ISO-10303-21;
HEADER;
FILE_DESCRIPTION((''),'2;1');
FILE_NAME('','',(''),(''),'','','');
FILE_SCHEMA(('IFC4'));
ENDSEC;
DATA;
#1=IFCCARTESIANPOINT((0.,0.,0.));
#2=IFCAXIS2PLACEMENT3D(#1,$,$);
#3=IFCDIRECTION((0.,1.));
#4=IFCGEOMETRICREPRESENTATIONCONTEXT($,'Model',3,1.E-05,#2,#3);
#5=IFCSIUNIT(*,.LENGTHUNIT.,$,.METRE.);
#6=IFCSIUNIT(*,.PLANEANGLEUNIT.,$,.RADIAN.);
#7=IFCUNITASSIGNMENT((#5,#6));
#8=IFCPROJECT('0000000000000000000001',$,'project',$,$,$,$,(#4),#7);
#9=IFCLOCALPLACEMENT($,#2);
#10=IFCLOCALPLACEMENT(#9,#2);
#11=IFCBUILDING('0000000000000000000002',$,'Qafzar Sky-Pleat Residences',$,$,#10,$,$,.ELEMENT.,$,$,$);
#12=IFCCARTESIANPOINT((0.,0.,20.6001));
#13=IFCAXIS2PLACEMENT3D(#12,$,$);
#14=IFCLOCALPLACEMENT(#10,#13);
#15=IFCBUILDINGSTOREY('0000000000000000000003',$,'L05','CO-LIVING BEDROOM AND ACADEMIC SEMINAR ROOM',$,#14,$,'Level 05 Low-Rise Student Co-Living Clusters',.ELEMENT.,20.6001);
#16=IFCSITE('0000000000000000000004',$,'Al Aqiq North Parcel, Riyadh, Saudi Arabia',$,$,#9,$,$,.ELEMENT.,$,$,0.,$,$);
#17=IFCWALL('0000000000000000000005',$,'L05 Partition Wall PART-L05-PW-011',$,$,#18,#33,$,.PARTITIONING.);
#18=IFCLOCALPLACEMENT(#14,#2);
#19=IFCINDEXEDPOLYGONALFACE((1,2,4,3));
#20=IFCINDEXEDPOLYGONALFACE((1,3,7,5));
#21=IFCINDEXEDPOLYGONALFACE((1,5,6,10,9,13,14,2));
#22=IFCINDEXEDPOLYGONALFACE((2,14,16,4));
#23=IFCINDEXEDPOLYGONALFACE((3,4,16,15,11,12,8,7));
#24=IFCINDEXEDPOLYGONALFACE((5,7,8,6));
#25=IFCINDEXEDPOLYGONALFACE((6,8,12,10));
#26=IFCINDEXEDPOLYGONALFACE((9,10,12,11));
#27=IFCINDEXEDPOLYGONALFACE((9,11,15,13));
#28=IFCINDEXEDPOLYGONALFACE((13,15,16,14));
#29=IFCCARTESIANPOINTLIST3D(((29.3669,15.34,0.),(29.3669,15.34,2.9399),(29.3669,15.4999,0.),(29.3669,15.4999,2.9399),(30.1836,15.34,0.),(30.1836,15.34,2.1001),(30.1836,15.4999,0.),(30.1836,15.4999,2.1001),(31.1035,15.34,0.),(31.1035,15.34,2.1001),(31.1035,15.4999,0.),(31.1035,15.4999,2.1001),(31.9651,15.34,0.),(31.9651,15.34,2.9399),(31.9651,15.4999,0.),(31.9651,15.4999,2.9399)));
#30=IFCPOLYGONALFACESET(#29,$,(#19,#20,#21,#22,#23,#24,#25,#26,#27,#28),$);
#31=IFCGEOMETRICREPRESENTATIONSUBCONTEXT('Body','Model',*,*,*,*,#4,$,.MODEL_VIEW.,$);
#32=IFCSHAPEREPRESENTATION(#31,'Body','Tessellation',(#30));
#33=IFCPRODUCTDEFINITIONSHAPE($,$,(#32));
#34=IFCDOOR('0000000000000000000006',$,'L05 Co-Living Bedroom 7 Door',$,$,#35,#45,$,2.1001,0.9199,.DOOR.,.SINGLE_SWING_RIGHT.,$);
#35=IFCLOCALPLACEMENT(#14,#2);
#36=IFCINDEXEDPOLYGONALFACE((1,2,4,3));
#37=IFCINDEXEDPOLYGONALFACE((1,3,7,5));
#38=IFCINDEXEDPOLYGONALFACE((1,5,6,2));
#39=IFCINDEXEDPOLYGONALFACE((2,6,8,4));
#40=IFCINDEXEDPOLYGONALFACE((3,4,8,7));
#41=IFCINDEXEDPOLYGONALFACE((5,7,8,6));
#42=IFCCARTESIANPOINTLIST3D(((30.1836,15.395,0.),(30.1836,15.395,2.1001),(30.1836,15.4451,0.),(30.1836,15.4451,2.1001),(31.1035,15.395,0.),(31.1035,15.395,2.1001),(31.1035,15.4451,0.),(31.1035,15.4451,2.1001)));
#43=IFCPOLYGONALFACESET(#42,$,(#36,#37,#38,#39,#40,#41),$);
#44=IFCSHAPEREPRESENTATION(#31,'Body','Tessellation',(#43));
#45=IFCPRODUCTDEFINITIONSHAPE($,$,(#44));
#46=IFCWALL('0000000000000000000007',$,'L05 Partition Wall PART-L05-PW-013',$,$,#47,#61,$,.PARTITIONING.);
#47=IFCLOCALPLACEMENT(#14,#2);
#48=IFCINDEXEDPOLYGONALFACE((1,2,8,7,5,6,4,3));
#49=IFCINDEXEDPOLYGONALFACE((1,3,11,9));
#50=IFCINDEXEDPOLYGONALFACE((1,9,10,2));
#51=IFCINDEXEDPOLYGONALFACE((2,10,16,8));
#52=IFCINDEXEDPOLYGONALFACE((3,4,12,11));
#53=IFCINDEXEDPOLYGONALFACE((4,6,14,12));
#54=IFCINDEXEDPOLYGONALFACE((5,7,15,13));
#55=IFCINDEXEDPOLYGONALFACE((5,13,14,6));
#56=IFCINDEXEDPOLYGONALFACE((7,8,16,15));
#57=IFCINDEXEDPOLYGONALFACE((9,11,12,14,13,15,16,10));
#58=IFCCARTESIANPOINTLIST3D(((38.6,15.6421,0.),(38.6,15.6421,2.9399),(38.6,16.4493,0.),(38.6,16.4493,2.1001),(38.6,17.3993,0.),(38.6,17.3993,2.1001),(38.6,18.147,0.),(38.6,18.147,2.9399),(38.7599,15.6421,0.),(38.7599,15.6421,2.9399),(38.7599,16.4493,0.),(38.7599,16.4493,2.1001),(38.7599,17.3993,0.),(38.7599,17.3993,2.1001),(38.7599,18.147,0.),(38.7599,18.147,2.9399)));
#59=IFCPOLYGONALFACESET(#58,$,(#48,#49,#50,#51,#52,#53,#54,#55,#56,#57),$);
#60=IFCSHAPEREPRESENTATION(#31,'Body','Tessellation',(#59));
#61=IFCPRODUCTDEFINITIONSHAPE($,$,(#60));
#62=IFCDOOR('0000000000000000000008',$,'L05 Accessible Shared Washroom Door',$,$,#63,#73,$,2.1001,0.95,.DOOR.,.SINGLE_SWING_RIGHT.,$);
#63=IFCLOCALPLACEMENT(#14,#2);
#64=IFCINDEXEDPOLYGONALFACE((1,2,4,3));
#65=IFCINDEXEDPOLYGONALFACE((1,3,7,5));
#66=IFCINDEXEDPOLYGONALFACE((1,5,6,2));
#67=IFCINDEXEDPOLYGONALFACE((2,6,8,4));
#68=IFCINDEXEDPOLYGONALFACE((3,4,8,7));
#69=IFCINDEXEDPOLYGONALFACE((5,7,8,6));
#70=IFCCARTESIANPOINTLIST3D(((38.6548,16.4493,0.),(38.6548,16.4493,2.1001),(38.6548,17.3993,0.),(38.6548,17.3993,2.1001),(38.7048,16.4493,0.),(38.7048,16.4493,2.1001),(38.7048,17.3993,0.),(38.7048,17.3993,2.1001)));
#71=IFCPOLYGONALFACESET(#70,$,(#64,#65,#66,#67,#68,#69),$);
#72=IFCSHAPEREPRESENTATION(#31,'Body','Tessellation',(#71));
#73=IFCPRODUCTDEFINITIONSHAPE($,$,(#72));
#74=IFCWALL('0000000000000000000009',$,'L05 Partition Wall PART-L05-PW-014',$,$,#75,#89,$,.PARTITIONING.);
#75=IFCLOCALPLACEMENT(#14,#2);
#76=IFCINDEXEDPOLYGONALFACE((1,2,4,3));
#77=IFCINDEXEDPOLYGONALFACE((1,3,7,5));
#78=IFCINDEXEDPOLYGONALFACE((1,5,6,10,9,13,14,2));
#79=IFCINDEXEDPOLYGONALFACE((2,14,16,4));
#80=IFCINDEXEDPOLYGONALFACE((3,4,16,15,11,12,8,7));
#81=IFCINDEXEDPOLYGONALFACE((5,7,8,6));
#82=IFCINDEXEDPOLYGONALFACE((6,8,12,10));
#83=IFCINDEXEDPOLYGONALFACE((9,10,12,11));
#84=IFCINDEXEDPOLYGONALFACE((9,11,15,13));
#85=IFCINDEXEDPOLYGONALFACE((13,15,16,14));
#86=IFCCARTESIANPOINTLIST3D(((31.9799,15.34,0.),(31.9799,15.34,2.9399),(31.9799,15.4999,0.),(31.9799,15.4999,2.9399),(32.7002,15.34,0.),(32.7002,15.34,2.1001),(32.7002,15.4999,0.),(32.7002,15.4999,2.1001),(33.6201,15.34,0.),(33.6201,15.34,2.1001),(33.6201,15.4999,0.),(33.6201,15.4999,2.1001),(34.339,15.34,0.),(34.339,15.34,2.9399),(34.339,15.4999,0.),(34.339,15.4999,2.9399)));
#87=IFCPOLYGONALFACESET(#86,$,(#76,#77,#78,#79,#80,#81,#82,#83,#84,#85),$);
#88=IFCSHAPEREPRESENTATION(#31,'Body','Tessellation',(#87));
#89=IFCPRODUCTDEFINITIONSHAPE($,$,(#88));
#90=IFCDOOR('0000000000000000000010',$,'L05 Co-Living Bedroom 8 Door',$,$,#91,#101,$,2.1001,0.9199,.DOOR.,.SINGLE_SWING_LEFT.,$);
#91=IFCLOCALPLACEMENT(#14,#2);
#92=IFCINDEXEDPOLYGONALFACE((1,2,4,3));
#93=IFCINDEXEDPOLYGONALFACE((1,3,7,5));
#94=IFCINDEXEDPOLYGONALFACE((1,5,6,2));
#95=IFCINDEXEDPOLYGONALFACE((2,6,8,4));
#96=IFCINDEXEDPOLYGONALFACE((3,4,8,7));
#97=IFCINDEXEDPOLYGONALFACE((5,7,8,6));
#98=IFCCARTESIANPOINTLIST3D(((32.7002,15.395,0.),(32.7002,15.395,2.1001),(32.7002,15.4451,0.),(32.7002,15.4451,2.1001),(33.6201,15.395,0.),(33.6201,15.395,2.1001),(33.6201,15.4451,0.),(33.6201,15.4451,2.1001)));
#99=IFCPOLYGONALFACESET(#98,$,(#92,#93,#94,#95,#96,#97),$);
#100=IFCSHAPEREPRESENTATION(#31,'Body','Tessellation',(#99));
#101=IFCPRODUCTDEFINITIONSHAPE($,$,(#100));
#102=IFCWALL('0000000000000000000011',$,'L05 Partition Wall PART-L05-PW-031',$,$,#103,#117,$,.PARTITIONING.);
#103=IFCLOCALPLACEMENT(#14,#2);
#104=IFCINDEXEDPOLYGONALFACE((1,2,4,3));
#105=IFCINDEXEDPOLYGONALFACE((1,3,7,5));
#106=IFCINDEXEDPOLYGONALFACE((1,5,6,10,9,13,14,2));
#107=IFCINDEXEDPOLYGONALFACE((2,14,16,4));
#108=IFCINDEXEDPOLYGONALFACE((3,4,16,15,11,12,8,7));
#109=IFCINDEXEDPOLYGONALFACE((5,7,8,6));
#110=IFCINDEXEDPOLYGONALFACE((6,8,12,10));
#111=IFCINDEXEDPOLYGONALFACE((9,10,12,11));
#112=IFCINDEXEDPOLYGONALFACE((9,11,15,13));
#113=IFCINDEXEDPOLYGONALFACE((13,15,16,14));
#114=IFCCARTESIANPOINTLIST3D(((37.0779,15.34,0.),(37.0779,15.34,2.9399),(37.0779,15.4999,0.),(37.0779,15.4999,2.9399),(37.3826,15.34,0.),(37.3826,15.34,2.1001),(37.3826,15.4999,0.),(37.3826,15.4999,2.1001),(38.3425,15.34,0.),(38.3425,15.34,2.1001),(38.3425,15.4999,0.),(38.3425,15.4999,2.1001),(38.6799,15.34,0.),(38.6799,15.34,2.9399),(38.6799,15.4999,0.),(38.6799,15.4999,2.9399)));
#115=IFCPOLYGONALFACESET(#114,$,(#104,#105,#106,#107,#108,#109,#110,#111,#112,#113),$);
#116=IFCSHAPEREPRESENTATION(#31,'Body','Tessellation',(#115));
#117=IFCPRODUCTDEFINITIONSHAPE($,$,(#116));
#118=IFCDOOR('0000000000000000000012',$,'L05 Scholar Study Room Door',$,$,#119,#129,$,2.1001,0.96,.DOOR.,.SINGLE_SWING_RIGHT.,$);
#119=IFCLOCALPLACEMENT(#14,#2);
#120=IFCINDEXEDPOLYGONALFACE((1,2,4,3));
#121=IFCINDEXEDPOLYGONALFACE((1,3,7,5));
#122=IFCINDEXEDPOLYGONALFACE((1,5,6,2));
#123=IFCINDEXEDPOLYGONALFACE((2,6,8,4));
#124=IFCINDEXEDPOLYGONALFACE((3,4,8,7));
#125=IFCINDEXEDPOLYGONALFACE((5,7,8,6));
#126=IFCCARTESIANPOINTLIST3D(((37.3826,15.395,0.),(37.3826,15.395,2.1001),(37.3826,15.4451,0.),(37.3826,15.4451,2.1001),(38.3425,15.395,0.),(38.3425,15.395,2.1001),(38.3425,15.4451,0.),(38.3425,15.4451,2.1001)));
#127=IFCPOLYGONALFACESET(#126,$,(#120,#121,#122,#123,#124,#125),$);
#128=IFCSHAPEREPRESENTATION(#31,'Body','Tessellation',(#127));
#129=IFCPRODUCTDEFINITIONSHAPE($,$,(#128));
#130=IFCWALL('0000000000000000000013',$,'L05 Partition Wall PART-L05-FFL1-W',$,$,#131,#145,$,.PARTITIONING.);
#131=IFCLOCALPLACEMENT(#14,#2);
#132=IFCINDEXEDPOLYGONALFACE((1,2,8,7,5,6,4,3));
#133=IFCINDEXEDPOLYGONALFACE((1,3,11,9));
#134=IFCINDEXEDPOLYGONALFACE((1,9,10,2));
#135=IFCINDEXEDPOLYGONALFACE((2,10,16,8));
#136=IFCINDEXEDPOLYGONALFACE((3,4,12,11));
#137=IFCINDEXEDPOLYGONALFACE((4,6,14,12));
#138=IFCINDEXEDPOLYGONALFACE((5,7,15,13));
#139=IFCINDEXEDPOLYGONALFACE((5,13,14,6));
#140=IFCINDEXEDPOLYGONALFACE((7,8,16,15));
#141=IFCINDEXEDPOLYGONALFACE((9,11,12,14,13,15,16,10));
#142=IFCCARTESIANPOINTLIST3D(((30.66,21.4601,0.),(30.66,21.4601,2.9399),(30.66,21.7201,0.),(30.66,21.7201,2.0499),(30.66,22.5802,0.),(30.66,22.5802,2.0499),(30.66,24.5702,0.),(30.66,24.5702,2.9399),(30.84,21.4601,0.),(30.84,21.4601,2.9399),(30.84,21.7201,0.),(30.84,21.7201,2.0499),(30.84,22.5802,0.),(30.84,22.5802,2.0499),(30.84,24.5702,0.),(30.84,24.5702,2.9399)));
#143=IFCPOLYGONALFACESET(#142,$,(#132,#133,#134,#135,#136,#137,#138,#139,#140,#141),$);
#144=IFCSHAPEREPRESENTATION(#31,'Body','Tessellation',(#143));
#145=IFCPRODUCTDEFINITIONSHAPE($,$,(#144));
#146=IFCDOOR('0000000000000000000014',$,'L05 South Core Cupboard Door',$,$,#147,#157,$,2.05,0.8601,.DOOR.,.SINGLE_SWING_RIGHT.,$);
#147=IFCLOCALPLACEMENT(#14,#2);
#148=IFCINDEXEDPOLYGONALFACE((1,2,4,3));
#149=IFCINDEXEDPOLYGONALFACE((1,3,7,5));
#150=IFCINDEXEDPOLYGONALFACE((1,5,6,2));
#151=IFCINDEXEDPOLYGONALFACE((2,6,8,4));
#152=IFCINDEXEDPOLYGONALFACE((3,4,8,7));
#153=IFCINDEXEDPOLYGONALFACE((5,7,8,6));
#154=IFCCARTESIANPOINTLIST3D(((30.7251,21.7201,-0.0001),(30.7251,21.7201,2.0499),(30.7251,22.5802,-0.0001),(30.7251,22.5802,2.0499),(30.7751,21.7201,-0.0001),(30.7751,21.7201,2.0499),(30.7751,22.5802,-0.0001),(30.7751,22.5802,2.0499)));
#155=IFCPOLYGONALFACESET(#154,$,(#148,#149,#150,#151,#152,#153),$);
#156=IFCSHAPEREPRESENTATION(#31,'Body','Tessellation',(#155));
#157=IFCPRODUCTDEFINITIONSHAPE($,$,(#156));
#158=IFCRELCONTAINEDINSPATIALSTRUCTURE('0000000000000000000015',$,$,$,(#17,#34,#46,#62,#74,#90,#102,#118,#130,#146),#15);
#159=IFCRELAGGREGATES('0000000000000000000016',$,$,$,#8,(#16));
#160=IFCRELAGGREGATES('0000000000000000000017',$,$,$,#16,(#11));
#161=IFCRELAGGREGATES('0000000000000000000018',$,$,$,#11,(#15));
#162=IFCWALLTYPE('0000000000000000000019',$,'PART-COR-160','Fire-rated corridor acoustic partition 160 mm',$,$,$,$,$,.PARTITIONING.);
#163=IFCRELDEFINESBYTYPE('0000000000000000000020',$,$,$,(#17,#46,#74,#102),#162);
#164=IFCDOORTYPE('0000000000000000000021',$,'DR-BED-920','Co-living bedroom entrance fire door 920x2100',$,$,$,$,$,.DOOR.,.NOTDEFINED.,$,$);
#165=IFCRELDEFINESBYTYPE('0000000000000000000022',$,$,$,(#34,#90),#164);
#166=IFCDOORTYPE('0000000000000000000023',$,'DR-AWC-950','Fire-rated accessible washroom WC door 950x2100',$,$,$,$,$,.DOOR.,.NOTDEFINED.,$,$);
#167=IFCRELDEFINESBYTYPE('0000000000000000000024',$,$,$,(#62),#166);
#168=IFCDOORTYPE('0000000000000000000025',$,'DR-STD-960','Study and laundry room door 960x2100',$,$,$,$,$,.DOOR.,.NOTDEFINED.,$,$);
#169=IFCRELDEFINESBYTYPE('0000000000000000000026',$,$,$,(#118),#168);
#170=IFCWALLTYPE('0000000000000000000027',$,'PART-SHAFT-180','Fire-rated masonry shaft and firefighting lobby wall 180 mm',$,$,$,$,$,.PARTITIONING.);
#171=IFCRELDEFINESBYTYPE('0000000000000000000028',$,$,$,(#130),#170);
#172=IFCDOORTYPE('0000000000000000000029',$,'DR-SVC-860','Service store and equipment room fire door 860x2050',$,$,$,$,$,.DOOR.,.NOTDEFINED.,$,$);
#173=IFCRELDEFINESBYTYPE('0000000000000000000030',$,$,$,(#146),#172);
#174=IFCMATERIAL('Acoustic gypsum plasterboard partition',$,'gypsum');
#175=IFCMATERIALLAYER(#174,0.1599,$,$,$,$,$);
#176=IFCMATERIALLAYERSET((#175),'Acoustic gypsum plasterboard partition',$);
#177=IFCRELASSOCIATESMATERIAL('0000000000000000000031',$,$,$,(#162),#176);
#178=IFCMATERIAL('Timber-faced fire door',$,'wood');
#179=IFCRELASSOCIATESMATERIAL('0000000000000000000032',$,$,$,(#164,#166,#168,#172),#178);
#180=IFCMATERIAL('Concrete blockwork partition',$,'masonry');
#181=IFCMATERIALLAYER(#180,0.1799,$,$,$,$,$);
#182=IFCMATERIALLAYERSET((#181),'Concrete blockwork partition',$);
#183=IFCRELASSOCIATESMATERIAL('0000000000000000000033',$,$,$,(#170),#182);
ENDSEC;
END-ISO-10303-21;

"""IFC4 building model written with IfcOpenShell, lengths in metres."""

from ifc_helpers import new_model, si_unit, direction, frame, frame_2d, origin, place, context, subcontext, project, spatial, rectangle, extrude, source, transform, mapped, material, layer, layer_set, type_object, element, fill, save


model = new_model("IFC4")

# Units and contexts
model_context = context("Model", 3, precision=1e-05, world=origin(), true_north=direction((0.0, 1.0)))
body_context = subcontext(model_context, "Body", "Model", "MODEL_VIEW")
ifc_project = project(units=[si_unit("LENGTHUNIT", "METRE"), si_unit("PLANEANGLEUNIT", "RADIAN")], contexts=[model_context])

# Site, building, storey
site_placement = place(None, origin())
site = spatial("IfcSite", under=ifc_project, at=site_placement, Name="Al Aqiq North Parcel, Riyadh, Saudi Arabia", CompositionType="ELEMENT", RefElevation=0.0)
building_placement = place(site_placement, origin())
building = spatial("IfcBuilding", under=site, at=building_placement, Name="Qafzar Sky-Pleat Residences", CompositionType="ELEMENT")
storey_placement = place(building_placement, frame((0.0, 0.0, 20.6001)))
storey = spatial("IfcBuildingStorey", under=building, at=storey_placement, Name="L05", Description="CO-LIVING BEDROOM AND ACADEMIC SEMINAR ROOM", LongName="Level 05 Low-Rise Student Co-Living Clusters", CompositionType="ELEMENT", Elevation=20.6001)

# Walls, openings, doors
ifc_material_1 = material(Name="Acoustic gypsum plasterboard partition", Category="gypsum")
ifc_layer_1 = layer(ifc_material_1, 0.1599)
ifc_layer_set_1 = layer_set([ifc_layer_1], Name="Acoustic gypsum plasterboard partition")
wall_type_1 = type_object("IfcWallType", Name="PART-COR-160", Description="Fire-rated corridor acoustic partition 160 mm", PredefinedType="PARTITIONING", material=ifc_layer_set_1)
ifc_material_2 = material(Name="Timber-faced fire door", Category="wood")
door_type_1 = type_object("IfcDoorType", Name="DR-BED-920", Description="Co-living bedroom entrance fire door 920x2100", OperationType="NOTDEFINED", PredefinedType="DOOR", material=ifc_material_2)
shared_shape_1 = source(origin(), body_context, "Body", "SweptSolid", [
    extrude(rectangle(XDim=0.9199, YDim=2.1001, at=frame_2d((0.46, 1.05))), frame((0.0, 0.0249, 0.0), z_axis=(0.0, -1.0, 0.0), x_axis=(1.0, 0.0, 0.0)), (0.0, 0.0, 1.0), 0.05),
])
wall_1_placement = place(storey_placement, frame((31.9651, 15.4199, 0.0), z_axis=(0.0, 0.0, 1.0), x_axis=(-1.0, 0.0, 0.0)))
wall_1 = element("IfcWall", 1, at=wall_1_placement, inside=storey, type_object=wall_type_1, Name="L05 Partition Wall PART-L05-PW-011", PredefinedType="PARTITIONING", context=body_context, shape_type="SweptSolid", body=[
    extrude(rectangle(XDim=2.5981, YDim=0.1599, at=frame_2d((1.2991, 0.0))), origin(), (0.0, 0.0, 1.0), 2.9399),
])
opening_1_placement = place(wall_1_placement, frame((0.8616, 0.0, 0.0)))
opening_1 = element("IfcOpeningElement", 2, at=opening_1_placement, cuts=wall_1, PredefinedType="OPENING", context=body_context, shape_type="SweptSolid", body=[
    extrude(rectangle(XDim=0.9199, YDim=2.1001, at=frame_2d((0.46, 1.05))), frame((0.0, 0.0898, 0.0), z_axis=(0.0, -1.0, 0.0), x_axis=(1.0, 0.0, 0.0)), (0.0, 0.0, 1.0), 0.1799),
])
door_1_placement = place(opening_1_placement, origin())
door_1 = element("IfcDoor", 3, at=door_1_placement, inside=storey, type_object=door_type_1, Name="L05 Co-Living Bedroom 7 Door", OperationType="SINGLE_SWING_RIGHT", OverallHeight=2.1001, OverallWidth=0.9199, PredefinedType="DOOR", context=body_context, shape_type="MappedRepresentation", body=[
    mapped(shared_shape_1, transform((0.0, 0.0, 0.0), x_axis=(1.0, 0.0, 0.0), y_axis=(0.0, 1.0, 0.0), z_axis=(0.0, 0.0, 1.0), scale=1.0)),
])
fill(opening_1, door_1)
wall_2_placement = place(storey_placement, frame((38.6799, 18.147, 0.0), z_axis=(0.0, 0.0, 1.0), x_axis=(0.0, -1.0, 0.0)))
wall_2 = element("IfcWall", 4, at=wall_2_placement, inside=storey, type_object=wall_type_1, Name="L05 Partition Wall PART-L05-PW-013", PredefinedType="PARTITIONING", context=body_context, shape_type="SweptSolid", body=[
    extrude(rectangle(XDim=2.5049, YDim=0.1599, at=frame_2d((1.2524, 0.0))), origin(), (0.0, 0.0, 1.0), 2.9399),
])
opening_2_placement = place(wall_2_placement, frame((0.7476, 0.0, 0.0)))
opening_2 = element("IfcOpeningElement", 5, at=opening_2_placement, cuts=wall_2, PredefinedType="OPENING", context=body_context, shape_type="SweptSolid", body=[
    extrude(rectangle(XDim=0.95, YDim=2.1001, at=frame_2d((0.4751, 1.05))), frame((0.0, 0.0898, 0.0), z_axis=(0.0, -1.0, 0.0), x_axis=(1.0, 0.0, 0.0)), (0.0, 0.0, 1.0), 0.1799),
])
door_type_2 = type_object("IfcDoorType", Name="DR-AWC-950", Description="Fire-rated accessible washroom WC door 950x2100", OperationType="NOTDEFINED", PredefinedType="DOOR", material=ifc_material_2)
shared_shape_2 = source(origin(), body_context, "Body", "SweptSolid", [
    extrude(rectangle(XDim=0.95, YDim=2.1001, at=frame_2d((0.4751, 1.05))), frame((0.0, 0.0249, 0.0), z_axis=(0.0, -1.0, 0.0), x_axis=(1.0, 0.0, 0.0)), (0.0, 0.0, 1.0), 0.05),
])
door_2_placement = place(opening_2_placement, origin())
door_2 = element("IfcDoor", 6, at=door_2_placement, inside=storey, type_object=door_type_2, Name="L05 Accessible Shared Washroom Door", OperationType="SINGLE_SWING_RIGHT", OverallHeight=2.1001, OverallWidth=0.95, PredefinedType="DOOR", context=body_context, shape_type="MappedRepresentation", body=[
    mapped(shared_shape_2, transform((0.0, 0.0, 0.0), x_axis=(1.0, 0.0, 0.0), y_axis=(0.0, 1.0, 0.0), z_axis=(0.0, 0.0, 1.0), scale=1.0)),
])
fill(opening_2, door_2)
wall_3_placement = place(storey_placement, frame((34.3391, 15.4199, 0.0), z_axis=(0.0, 0.0, 1.0), x_axis=(-1.0, 0.0, 0.0)))
wall_3 = element("IfcWall", 7, at=wall_3_placement, inside=storey, type_object=wall_type_1, Name="L05 Partition Wall PART-L05-PW-014", PredefinedType="PARTITIONING", context=body_context, shape_type="SweptSolid", body=[
    extrude(rectangle(XDim=2.3591, YDim=0.1599, at=frame_2d((1.1797, 0.0))), origin(), (0.0, 0.0, 1.0), 2.9399),
])
opening_3_placement = place(wall_3_placement, frame((0.719, 0.0, 0.0)))
opening_3 = element("IfcOpeningElement", 8, at=opening_3_placement, cuts=wall_3, PredefinedType="OPENING", context=body_context, shape_type="SweptSolid", body=[
    extrude(rectangle(XDim=0.9199, YDim=2.1001, at=frame_2d((0.46, 1.05))), frame((0.0, 0.0898, 0.0), z_axis=(0.0, -1.0, 0.0), x_axis=(1.0, 0.0, 0.0)), (0.0, 0.0, 1.0), 0.1799),
])
door_3_placement = place(opening_3_placement, origin())
door_3 = element("IfcDoor", 9, at=door_3_placement, inside=storey, type_object=door_type_1, Name="L05 Co-Living Bedroom 8 Door", OperationType="SINGLE_SWING_LEFT", OverallHeight=2.1001, OverallWidth=0.9199, PredefinedType="DOOR", context=body_context, shape_type="MappedRepresentation", body=[
    mapped(shared_shape_1, transform((0.0, 0.0, 0.0), x_axis=(1.0, 0.0, 0.0), y_axis=(0.0, 1.0, 0.0), z_axis=(0.0, 0.0, 1.0), scale=1.0)),
])
fill(opening_3, door_3)
wall_4_placement = place(storey_placement, frame((38.6799, 15.4199, 0.0), z_axis=(0.0, 0.0, 1.0), x_axis=(-1.0, 0.0, 0.0)))
wall_4 = element("IfcWall", 10, at=wall_4_placement, inside=storey, type_object=wall_type_1, Name="L05 Partition Wall PART-L05-PW-031", PredefinedType="PARTITIONING", context=body_context, shape_type="SweptSolid", body=[
    extrude(rectangle(XDim=1.6021, YDim=0.1599, at=frame_2d((0.801, 0.0))), origin(), (0.0, 0.0, 1.0), 2.9399),
])
opening_4_placement = place(wall_4_placement, frame((0.3374, 0.0, 0.0)))
opening_4 = element("IfcOpeningElement", 11, at=opening_4_placement, cuts=wall_4, PredefinedType="OPENING", context=body_context, shape_type="SweptSolid", body=[
    extrude(rectangle(XDim=0.96, YDim=2.1001, at=frame_2d((0.48, 1.05))), frame((0.0, 0.0898, 0.0), z_axis=(0.0, -1.0, 0.0), x_axis=(1.0, 0.0, 0.0)), (0.0, 0.0, 1.0), 0.1799),
])
door_type_3 = type_object("IfcDoorType", Name="DR-STD-960", Description="Study and laundry room door 960x2100", OperationType="NOTDEFINED", PredefinedType="DOOR", material=ifc_material_2)
shared_shape_3 = source(origin(), body_context, "Body", "SweptSolid", [
    extrude(rectangle(XDim=0.96, YDim=2.1001, at=frame_2d((0.48, 1.05))), frame((0.0, 0.0249, 0.0), z_axis=(0.0, -1.0, 0.0), x_axis=(1.0, 0.0, 0.0)), (0.0, 0.0, 1.0), 0.05),
])
door_4_placement = place(opening_4_placement, origin())
door_4 = element("IfcDoor", 12, at=door_4_placement, inside=storey, type_object=door_type_3, Name="L05 Scholar Study Room Door", OperationType="SINGLE_SWING_RIGHT", OverallHeight=2.1001, OverallWidth=0.96, PredefinedType="DOOR", context=body_context, shape_type="MappedRepresentation", body=[
    mapped(shared_shape_3, transform((0.0, 0.0, 0.0), x_axis=(1.0, 0.0, 0.0), y_axis=(0.0, 1.0, 0.0), z_axis=(0.0, 0.0, 1.0), scale=1.0)),
])
fill(opening_4, door_4)
ifc_material_3 = material(Name="Concrete blockwork partition", Category="masonry")
ifc_layer_2 = layer(ifc_material_3, 0.1799)
ifc_layer_set_2 = layer_set([ifc_layer_2], Name="Concrete blockwork partition")
wall_type_2 = type_object("IfcWallType", Name="PART-SHAFT-180", Description="Fire-rated masonry shaft and firefighting lobby wall 180 mm", PredefinedType="PARTITIONING", material=ifc_layer_set_2)
wall_5_placement = place(storey_placement, frame((30.75, 21.46, 0.0), z_axis=(0.0, 0.0, 1.0), x_axis=(0.0, 1.0, 0.0)))
wall_5 = element("IfcWall", 13, at=wall_5_placement, inside=storey, type_object=wall_type_2, Name="L05 Partition Wall PART-L05-FFL1-W", PredefinedType="PARTITIONING", context=body_context, shape_type="SweptSolid", body=[
    extrude(rectangle(XDim=3.1101, YDim=0.1799, at=frame_2d((1.5552, 0.0))), origin(), (0.0, 0.0, 1.0), 2.9399),
])
opening_5_placement = place(wall_5_placement, frame((0.26, 0.0, 0.0)))
opening_5 = element("IfcOpeningElement", 14, at=opening_5_placement, cuts=wall_5, PredefinedType="OPENING", context=body_context, shape_type="SweptSolid", body=[
    extrude(rectangle(XDim=0.8601, YDim=2.05, at=frame_2d((0.4302, 1.0249))), frame((0.0, 0.1001, 0.0), z_axis=(0.0, -1.0, 0.0), x_axis=(1.0, 0.0, 0.0)), (0.0, 0.0, 1.0), 0.2),
])
door_type_4 = type_object("IfcDoorType", Name="DR-SVC-860", Description="Service store and equipment room fire door 860x2050", OperationType="NOTDEFINED", PredefinedType="DOOR", material=ifc_material_2)
shared_shape_4 = source(origin(), body_context, "Body", "SweptSolid", [
    extrude(rectangle(XDim=0.8601, YDim=2.05, at=frame_2d((0.4302, 1.0249))), frame((0.0, 0.0249, 0.0), z_axis=(0.0, -1.0, 0.0), x_axis=(1.0, 0.0, 0.0)), (0.0, 0.0, 1.0), 0.05),
])
door_5_placement = place(opening_5_placement, origin())
door_5 = element("IfcDoor", 15, at=door_5_placement, inside=storey, type_object=door_type_4, Name="L05 South Core Cupboard Door", OperationType="SINGLE_SWING_RIGHT", OverallHeight=2.05, OverallWidth=0.8601, PredefinedType="DOOR", context=body_context, shape_type="MappedRepresentation", body=[
    mapped(shared_shape_4, transform((0.0, 0.0, 0.0), x_axis=(1.0, 0.0, 0.0), y_axis=(0.0, 1.0, 0.0), z_axis=(0.0, 0.0, 1.0), scale=1.0)),
])
fill(opening_5, door_5)

save(model, "model.ifc")
